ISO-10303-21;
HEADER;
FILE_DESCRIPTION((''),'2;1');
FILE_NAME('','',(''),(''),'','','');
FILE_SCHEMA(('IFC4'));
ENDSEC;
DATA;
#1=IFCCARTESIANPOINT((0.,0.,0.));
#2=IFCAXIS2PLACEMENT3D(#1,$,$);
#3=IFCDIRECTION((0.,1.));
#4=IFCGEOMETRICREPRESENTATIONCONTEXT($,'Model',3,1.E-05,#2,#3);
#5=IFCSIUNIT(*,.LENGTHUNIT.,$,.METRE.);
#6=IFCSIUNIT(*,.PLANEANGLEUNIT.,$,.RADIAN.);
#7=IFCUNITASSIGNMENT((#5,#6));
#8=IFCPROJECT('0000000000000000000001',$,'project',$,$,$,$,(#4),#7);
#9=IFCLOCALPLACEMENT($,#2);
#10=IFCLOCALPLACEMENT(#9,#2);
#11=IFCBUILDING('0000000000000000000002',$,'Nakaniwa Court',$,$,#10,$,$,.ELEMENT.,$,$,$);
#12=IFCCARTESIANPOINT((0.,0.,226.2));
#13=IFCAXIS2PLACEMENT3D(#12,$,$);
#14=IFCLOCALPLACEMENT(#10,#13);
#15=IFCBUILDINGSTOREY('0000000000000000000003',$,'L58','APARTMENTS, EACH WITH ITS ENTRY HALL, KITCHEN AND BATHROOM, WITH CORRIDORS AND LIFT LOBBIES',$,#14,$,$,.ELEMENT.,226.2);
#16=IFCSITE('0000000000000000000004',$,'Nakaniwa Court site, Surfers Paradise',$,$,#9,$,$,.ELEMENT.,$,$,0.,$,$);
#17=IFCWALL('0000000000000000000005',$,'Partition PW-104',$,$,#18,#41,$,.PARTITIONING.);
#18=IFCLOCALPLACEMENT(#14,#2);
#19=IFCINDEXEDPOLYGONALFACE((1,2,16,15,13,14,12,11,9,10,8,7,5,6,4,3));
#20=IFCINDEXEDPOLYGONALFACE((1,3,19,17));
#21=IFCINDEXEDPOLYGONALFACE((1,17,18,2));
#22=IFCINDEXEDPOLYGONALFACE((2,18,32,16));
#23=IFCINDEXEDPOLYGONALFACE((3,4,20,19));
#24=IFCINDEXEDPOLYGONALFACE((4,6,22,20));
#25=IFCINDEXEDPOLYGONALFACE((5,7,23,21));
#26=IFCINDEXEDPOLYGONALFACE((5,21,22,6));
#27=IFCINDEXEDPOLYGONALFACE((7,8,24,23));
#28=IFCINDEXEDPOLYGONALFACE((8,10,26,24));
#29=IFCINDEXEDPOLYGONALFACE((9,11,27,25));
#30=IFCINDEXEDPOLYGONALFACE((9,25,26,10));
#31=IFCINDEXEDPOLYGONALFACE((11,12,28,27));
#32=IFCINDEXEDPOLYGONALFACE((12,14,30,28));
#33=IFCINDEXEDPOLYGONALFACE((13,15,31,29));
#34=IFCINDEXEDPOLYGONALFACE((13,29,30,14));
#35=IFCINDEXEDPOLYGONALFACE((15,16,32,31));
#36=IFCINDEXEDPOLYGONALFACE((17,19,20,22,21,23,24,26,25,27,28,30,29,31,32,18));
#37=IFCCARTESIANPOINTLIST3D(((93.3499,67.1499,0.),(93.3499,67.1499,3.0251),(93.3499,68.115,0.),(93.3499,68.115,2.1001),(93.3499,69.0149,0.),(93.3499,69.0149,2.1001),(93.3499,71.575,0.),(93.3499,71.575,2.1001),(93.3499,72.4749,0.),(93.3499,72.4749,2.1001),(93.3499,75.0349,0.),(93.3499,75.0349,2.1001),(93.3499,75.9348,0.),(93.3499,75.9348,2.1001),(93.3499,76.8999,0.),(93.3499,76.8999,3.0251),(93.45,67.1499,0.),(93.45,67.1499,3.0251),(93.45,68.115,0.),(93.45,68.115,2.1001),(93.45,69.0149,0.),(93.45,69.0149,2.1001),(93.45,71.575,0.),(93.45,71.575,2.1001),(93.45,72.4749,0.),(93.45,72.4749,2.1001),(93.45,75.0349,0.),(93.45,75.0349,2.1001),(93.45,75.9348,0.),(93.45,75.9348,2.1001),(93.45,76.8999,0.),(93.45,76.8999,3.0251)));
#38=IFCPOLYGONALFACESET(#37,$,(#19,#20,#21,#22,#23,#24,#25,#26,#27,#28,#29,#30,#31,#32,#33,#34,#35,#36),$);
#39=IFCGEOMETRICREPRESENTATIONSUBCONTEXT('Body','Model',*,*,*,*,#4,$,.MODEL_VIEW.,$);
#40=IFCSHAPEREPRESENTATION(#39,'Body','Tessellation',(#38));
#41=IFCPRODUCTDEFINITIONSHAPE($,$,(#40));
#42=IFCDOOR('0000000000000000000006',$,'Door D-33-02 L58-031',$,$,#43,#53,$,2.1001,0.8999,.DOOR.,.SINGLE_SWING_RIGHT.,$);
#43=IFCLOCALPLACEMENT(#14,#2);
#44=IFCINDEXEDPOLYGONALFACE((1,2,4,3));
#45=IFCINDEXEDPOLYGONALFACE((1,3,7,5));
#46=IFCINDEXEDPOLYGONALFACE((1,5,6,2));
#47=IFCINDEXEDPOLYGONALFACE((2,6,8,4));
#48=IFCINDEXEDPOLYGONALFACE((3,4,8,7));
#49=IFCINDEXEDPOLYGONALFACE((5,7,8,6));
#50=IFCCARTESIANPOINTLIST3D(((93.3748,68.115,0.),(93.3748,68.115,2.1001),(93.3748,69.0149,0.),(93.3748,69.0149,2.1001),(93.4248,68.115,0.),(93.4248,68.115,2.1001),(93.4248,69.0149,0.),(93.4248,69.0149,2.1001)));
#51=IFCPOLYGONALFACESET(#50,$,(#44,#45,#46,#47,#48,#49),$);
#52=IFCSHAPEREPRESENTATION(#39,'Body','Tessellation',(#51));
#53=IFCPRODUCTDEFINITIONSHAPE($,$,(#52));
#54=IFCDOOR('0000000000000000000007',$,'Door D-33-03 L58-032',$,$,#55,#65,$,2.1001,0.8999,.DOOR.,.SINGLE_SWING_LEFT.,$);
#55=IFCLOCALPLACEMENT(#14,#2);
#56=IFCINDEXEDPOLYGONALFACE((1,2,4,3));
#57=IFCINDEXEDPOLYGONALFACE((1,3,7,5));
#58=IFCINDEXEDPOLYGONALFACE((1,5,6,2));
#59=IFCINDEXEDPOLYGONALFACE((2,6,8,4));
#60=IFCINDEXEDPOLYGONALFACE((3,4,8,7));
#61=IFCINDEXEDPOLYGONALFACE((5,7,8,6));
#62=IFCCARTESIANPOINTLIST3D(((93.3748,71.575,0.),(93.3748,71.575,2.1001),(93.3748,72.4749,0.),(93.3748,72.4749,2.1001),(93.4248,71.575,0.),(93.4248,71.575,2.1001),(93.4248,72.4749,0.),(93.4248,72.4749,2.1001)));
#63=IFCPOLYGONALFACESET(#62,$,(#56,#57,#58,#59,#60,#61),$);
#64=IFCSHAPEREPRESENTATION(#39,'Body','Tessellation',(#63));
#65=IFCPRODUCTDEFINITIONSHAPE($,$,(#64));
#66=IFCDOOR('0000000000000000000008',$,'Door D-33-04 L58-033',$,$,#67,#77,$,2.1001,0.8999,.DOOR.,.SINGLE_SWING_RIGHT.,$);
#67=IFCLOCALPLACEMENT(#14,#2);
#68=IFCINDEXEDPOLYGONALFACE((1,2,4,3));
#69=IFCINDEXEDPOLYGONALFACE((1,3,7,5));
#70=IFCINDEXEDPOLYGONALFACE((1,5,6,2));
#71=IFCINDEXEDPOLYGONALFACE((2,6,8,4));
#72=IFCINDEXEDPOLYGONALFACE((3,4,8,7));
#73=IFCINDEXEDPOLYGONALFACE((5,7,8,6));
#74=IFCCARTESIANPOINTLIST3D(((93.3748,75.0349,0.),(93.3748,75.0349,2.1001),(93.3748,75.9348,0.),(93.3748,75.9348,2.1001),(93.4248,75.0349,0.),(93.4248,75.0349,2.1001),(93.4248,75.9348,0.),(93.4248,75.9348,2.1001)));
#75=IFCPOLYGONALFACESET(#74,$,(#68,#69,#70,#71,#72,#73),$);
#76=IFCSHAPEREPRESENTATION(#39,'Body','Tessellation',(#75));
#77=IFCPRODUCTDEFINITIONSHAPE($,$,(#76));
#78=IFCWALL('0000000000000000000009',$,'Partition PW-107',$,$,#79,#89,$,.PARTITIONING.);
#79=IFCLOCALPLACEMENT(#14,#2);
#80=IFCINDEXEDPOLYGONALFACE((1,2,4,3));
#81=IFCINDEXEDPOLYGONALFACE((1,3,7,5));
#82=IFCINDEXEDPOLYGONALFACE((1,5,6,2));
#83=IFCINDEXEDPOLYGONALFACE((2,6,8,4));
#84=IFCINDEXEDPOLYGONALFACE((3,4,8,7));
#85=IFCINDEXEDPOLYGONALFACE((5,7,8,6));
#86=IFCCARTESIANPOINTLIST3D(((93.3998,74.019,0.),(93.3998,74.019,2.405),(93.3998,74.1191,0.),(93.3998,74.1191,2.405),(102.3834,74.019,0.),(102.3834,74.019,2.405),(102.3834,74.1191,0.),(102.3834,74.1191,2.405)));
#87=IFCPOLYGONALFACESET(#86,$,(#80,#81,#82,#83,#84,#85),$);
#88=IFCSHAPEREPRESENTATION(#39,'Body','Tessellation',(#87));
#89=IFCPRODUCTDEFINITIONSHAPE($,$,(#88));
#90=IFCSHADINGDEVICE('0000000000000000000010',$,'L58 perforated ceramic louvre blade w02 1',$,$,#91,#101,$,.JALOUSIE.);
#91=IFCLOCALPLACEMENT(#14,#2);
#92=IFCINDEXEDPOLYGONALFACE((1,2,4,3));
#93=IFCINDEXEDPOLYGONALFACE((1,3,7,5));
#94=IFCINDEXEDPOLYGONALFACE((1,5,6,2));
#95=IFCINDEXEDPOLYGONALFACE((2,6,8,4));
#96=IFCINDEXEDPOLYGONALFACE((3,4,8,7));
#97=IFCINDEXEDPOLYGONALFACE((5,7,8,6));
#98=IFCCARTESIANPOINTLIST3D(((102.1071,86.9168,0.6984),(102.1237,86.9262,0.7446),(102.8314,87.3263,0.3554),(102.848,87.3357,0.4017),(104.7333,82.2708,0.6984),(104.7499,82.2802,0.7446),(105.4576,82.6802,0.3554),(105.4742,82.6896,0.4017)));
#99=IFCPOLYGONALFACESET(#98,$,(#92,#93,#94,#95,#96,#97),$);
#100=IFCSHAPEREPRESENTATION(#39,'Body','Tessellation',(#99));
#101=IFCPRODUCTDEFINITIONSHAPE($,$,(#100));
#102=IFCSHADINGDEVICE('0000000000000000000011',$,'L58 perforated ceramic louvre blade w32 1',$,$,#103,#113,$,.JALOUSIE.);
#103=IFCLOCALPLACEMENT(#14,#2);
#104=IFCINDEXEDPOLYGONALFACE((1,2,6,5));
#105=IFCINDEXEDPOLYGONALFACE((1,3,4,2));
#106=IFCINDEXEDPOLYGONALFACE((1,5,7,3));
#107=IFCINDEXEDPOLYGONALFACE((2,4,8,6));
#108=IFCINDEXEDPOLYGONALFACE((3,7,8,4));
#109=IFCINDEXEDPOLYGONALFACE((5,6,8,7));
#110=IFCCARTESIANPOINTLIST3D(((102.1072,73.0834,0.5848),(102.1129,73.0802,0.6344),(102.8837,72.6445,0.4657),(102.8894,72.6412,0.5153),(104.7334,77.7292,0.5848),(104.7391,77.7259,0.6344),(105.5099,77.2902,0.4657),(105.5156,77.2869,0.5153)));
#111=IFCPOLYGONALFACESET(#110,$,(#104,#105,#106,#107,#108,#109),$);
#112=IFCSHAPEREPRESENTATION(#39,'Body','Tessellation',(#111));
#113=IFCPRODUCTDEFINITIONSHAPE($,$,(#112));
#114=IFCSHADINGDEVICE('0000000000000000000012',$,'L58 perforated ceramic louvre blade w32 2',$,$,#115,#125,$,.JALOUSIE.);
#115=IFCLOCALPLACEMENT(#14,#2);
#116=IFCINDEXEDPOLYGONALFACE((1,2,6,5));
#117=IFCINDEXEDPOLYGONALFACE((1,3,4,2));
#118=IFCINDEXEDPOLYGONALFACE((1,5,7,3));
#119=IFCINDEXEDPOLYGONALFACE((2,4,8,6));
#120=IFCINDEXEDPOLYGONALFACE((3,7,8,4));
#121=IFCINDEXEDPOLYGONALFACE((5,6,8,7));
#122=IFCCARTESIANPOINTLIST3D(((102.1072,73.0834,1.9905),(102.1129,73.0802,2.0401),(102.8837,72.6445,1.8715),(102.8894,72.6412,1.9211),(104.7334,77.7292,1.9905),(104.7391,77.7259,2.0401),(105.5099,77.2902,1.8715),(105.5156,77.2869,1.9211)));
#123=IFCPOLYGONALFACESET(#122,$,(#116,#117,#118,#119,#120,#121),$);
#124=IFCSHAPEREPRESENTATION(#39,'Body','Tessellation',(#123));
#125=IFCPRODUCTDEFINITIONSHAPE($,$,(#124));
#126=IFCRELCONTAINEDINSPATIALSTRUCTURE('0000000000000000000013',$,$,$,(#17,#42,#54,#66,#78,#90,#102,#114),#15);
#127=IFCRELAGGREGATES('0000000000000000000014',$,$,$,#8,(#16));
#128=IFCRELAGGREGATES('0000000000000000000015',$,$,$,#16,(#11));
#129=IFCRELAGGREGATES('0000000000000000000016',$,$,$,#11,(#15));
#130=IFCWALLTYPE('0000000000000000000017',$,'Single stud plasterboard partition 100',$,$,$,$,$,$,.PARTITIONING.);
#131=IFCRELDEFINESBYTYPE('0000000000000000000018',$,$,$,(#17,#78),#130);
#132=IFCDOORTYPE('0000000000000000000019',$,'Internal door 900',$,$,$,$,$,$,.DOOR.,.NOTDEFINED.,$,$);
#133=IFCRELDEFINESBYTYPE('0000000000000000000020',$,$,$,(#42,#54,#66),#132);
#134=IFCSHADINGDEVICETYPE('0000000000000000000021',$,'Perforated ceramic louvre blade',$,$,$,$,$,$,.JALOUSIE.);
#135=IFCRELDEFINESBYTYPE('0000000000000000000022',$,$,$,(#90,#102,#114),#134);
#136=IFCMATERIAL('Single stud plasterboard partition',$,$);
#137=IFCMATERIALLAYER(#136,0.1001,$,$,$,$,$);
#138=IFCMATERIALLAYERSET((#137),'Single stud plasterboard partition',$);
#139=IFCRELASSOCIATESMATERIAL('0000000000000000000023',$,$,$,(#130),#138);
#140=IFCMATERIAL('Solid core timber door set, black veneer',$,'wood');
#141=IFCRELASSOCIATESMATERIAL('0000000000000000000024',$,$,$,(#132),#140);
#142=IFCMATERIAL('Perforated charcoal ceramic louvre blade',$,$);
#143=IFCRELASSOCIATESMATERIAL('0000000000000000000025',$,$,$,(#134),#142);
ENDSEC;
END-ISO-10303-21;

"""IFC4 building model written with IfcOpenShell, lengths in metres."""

from ifc_helpers import new_model, si_unit, direction, frame, frame_2d, origin, origin_2d, place, context, subcontext, project, spatial, rectangle, extrude, material, layer, layer_set, material_profile, profile_set, type_object, element, fill, save


model = new_model("IFC4")

# Units and contexts
model_context = context("Model", 3, precision=1e-05, world=origin(), true_north=direction((0.0, 1.0)))
body_context = subcontext(model_context, "Body", "Model", "MODEL_VIEW")
ifc_project = project(units=[si_unit("LENGTHUNIT", "METRE"), si_unit("PLANEANGLEUNIT", "RADIAN")], contexts=[model_context])

# Site, building, storey
site_placement = place(None, origin())
site = spatial("IfcSite", under=ifc_project, at=site_placement, Name="Nakaniwa Court site, Surfers Paradise", CompositionType="ELEMENT", RefElevation=0.0)
building_placement = place(site_placement, origin())
building = spatial("IfcBuilding", under=site, at=building_placement, Name="Nakaniwa Court", CompositionType="ELEMENT")
storey_placement = place(building_placement, frame((0.0, 0.0, 226.2)))
storey = spatial("IfcBuildingStorey", under=building, at=storey_placement, Name="L58", Description="APARTMENTS, EACH WITH ITS ENTRY HALL, KITCHEN AND BATHROOM, WITH CORRIDORS AND LIFT LOBBIES", CompositionType="ELEMENT", Elevation=226.2)

# Shared definitions
ifc_material_1 = material(Name="Single stud plasterboard partition")
ifc_layer_1 = layer(ifc_material_1, 0.1001)
ifc_layer_set_1 = layer_set([ifc_layer_1], Name="Single stud plasterboard partition")
wall_type_1 = type_object("IfcWallType", Name="Single stud plasterboard partition 100", PredefinedType="PARTITIONING", material=ifc_layer_set_1)

# Wall, openings, doors
wall_1_placement = place(storey_placement, frame((93.3999, 76.8999, 0.0), z_axis=(0.0, 0.0, 1.0), x_axis=(0.0, -1.0, 0.0)))
wall_1 = element("IfcWall", 1, at=wall_1_placement, inside=storey, type_object=wall_type_1, Name="Partition PW-104", PredefinedType="PARTITIONING", context=body_context, shape_type="SweptSolid", body=[
    extrude(rectangle(XDim=9.75, YDim=0.1001, at=frame_2d((4.875, 0.0))), origin(), (0.0, 0.0, 1.0), 3.0251),
])
opening_1_placement = place(wall_1_placement, frame((7.885, 0.0, 0.0)))
opening_1 = element("IfcOpeningElement", 2, at=opening_1_placement, cuts=wall_1, PredefinedType="OPENING", context=body_context, shape_type="SweptSolid", body=[
    extrude(rectangle(XDim=0.8999, YDim=2.1001, at=frame_2d((0.45, 1.05))), frame((0.0, 0.0601, 0.0), z_axis=(0.0, -1.0, 0.0), x_axis=(1.0, 0.0, 0.0)), (0.0, 0.0, 1.0), 0.1201),
])
opening_2_placement = place(wall_1_placement, frame((4.425, 0.0, 0.0)))
opening_2 = element("IfcOpeningElement", 3, at=opening_2_placement, cuts=wall_1, PredefinedType="OPENING", context=body_context, shape_type="SweptSolid", body=[
    extrude(rectangle(XDim=0.8999, YDim=2.1001, at=frame_2d((0.45, 1.05))), frame((0.0, 0.0601, 0.0), z_axis=(0.0, -1.0, 0.0), x_axis=(1.0, 0.0, 0.0)), (0.0, 0.0, 1.0), 0.1201),
])
opening_3_placement = place(wall_1_placement, frame((0.9651, 0.0, 0.0)))
opening_3 = element("IfcOpeningElement", 4, at=opening_3_placement, cuts=wall_1, PredefinedType="OPENING", context=body_context, shape_type="SweptSolid", body=[
    extrude(rectangle(XDim=0.8999, YDim=2.1001, at=frame_2d((0.45, 1.05))), frame((0.0, 0.0601, 0.0), z_axis=(0.0, -1.0, 0.0), x_axis=(1.0, 0.0, 0.0)), (0.0, 0.0, 1.0), 0.1201),
])
ifc_material_2 = material(Name="Solid core timber door set, black veneer", Category="wood")
door_type = type_object("IfcDoorType", Name="Internal door 900", OperationType="NOTDEFINED", PredefinedType="DOOR", material=ifc_material_2)
door_1_placement = place(opening_1_placement, origin())
door_1 = element("IfcDoor", 5, at=door_1_placement, inside=storey, type_object=door_type, Name="Door D-33-02 L58-031", OperationType="SINGLE_SWING_RIGHT", OverallHeight=2.1001, OverallWidth=0.8999, PredefinedType="DOOR", context=body_context, shape_type="SweptSolid", body=[
    extrude(rectangle(XDim=0.8999, YDim=2.1001, at=frame_2d((0.45, 1.05))), frame((0.0, 0.0249, 0.0), z_axis=(0.0, -1.0, 0.0), x_axis=(1.0, 0.0, 0.0)), (0.0, 0.0, 1.0), 0.05),
])
fill(opening_1, door_1)
door_2_placement = place(opening_2_placement, origin())
door_2 = element("IfcDoor", 6, at=door_2_placement, inside=storey, type_object=door_type, Name="Door D-33-03 L58-032", OperationType="SINGLE_SWING_LEFT", OverallHeight=2.1001, OverallWidth=0.8999, PredefinedType="DOOR", context=body_context, shape_type="SweptSolid", body=[
    extrude(rectangle(XDim=0.8999, YDim=2.1001, at=frame_2d((0.45, 1.05))), frame((0.0, 0.0249, 0.0), z_axis=(0.0, -1.0, 0.0), x_axis=(1.0, 0.0, 0.0)), (0.0, 0.0, 1.0), 0.05),
])
fill(opening_2, door_2)
door_3_placement = place(opening_3_placement, origin())
door_3 = element("IfcDoor", 7, at=door_3_placement, inside=storey, type_object=door_type, Name="Door D-33-04 L58-033", OperationType="SINGLE_SWING_RIGHT", OverallHeight=2.1001, OverallWidth=0.8999, PredefinedType="DOOR", context=body_context, shape_type="SweptSolid", body=[
    extrude(rectangle(XDim=0.8999, YDim=2.1001, at=frame_2d((0.45, 1.05))), frame((0.0, 0.0249, 0.0), z_axis=(0.0, -1.0, 0.0), x_axis=(1.0, 0.0, 0.0)), (0.0, 0.0, 1.0), 0.05),
])
fill(opening_3, door_3)

# Wall
wall_2_placement = place(storey_placement, frame((93.3999, 74.0691, 0.0), z_axis=(0.0, 0.0, 1.0), x_axis=(1.0, 0.0, 0.0)))
element("IfcWall", 8, at=wall_2_placement, inside=storey, type_object=wall_type_1, Name="Partition PW-107", PredefinedType="PARTITIONING", context=body_context, shape_type="SweptSolid", body=[
    extrude(rectangle(XDim=8.9836, YDim=0.1001, at=frame_2d((4.4917, 0.0))), origin(), (0.0, 0.0, 1.0), 2.405),
])

# Shading devices
ifc_material_3 = material(Name="Perforated charcoal ceramic louvre blade")
ifc_material_profile_1 = material_profile(ifc_material_3, rectangle(XDim=0.8999, YDim=0.05, at=origin_2d()), Name="Perforated ceramic louvre blade")
ifc_profile_set_1 = profile_set([ifc_material_profile_1], Name="Perforated charcoal ceramic louvre blade")
shading_device_type = type_object("IfcShadingDeviceType", Name="Perforated ceramic louvre blade", PredefinedType="JALOUSIE", material=ifc_profile_set_1)
shading_device_placement = place(storey_placement, frame((105.1038, 82.4802, 0.55), z_axis=(-0.492089, 0.870545, 0.0), x_axis=(-0.804859, -0.454959, 0.38107)))
element("IfcShadingDevice", 9, at=shading_device_placement, inside=storey, type_object=shading_device_type, Name="L58 perforated ceramic louvre blade w02 1", PredefinedType="JALOUSIE", context=body_context, shape_type="SweptSolid", body=[
    extrude(rectangle(XDim=0.8999, YDim=0.05, at=origin_2d()), origin(), (0.0, 0.0, 1.0), 5.3369),
])
for number, where, z_axis, x_axis, name in (
    (10, (102.4983, 72.8623, 0.55), (0.492109, 0.870534, 0.0), (-0.862887, 0.487786, 0.132256), "L58 perforated ceramic louvre blade w32 1"),
    (11, (102.4983, 72.8623, 1.9558), (0.492109, 0.870534, 0.0), (-0.862887, 0.487786, 0.132256), "L58 perforated ceramic louvre blade w32 2"),
):
    element("IfcShadingDevice", number, at=place(storey_placement, frame(where, z_axis=z_axis, x_axis=x_axis)), inside=storey, type_object=shading_device_type, Name=name, PredefinedType="JALOUSIE", context=body_context, shape_type="SweptSolid", body=[
        extrude(rectangle(XDim=0.8999, YDim=0.05, at=origin_2d()), origin(), (0.0, 0.0, 1.0), 5.3367),
    ])

save(model, "model.ifc")
